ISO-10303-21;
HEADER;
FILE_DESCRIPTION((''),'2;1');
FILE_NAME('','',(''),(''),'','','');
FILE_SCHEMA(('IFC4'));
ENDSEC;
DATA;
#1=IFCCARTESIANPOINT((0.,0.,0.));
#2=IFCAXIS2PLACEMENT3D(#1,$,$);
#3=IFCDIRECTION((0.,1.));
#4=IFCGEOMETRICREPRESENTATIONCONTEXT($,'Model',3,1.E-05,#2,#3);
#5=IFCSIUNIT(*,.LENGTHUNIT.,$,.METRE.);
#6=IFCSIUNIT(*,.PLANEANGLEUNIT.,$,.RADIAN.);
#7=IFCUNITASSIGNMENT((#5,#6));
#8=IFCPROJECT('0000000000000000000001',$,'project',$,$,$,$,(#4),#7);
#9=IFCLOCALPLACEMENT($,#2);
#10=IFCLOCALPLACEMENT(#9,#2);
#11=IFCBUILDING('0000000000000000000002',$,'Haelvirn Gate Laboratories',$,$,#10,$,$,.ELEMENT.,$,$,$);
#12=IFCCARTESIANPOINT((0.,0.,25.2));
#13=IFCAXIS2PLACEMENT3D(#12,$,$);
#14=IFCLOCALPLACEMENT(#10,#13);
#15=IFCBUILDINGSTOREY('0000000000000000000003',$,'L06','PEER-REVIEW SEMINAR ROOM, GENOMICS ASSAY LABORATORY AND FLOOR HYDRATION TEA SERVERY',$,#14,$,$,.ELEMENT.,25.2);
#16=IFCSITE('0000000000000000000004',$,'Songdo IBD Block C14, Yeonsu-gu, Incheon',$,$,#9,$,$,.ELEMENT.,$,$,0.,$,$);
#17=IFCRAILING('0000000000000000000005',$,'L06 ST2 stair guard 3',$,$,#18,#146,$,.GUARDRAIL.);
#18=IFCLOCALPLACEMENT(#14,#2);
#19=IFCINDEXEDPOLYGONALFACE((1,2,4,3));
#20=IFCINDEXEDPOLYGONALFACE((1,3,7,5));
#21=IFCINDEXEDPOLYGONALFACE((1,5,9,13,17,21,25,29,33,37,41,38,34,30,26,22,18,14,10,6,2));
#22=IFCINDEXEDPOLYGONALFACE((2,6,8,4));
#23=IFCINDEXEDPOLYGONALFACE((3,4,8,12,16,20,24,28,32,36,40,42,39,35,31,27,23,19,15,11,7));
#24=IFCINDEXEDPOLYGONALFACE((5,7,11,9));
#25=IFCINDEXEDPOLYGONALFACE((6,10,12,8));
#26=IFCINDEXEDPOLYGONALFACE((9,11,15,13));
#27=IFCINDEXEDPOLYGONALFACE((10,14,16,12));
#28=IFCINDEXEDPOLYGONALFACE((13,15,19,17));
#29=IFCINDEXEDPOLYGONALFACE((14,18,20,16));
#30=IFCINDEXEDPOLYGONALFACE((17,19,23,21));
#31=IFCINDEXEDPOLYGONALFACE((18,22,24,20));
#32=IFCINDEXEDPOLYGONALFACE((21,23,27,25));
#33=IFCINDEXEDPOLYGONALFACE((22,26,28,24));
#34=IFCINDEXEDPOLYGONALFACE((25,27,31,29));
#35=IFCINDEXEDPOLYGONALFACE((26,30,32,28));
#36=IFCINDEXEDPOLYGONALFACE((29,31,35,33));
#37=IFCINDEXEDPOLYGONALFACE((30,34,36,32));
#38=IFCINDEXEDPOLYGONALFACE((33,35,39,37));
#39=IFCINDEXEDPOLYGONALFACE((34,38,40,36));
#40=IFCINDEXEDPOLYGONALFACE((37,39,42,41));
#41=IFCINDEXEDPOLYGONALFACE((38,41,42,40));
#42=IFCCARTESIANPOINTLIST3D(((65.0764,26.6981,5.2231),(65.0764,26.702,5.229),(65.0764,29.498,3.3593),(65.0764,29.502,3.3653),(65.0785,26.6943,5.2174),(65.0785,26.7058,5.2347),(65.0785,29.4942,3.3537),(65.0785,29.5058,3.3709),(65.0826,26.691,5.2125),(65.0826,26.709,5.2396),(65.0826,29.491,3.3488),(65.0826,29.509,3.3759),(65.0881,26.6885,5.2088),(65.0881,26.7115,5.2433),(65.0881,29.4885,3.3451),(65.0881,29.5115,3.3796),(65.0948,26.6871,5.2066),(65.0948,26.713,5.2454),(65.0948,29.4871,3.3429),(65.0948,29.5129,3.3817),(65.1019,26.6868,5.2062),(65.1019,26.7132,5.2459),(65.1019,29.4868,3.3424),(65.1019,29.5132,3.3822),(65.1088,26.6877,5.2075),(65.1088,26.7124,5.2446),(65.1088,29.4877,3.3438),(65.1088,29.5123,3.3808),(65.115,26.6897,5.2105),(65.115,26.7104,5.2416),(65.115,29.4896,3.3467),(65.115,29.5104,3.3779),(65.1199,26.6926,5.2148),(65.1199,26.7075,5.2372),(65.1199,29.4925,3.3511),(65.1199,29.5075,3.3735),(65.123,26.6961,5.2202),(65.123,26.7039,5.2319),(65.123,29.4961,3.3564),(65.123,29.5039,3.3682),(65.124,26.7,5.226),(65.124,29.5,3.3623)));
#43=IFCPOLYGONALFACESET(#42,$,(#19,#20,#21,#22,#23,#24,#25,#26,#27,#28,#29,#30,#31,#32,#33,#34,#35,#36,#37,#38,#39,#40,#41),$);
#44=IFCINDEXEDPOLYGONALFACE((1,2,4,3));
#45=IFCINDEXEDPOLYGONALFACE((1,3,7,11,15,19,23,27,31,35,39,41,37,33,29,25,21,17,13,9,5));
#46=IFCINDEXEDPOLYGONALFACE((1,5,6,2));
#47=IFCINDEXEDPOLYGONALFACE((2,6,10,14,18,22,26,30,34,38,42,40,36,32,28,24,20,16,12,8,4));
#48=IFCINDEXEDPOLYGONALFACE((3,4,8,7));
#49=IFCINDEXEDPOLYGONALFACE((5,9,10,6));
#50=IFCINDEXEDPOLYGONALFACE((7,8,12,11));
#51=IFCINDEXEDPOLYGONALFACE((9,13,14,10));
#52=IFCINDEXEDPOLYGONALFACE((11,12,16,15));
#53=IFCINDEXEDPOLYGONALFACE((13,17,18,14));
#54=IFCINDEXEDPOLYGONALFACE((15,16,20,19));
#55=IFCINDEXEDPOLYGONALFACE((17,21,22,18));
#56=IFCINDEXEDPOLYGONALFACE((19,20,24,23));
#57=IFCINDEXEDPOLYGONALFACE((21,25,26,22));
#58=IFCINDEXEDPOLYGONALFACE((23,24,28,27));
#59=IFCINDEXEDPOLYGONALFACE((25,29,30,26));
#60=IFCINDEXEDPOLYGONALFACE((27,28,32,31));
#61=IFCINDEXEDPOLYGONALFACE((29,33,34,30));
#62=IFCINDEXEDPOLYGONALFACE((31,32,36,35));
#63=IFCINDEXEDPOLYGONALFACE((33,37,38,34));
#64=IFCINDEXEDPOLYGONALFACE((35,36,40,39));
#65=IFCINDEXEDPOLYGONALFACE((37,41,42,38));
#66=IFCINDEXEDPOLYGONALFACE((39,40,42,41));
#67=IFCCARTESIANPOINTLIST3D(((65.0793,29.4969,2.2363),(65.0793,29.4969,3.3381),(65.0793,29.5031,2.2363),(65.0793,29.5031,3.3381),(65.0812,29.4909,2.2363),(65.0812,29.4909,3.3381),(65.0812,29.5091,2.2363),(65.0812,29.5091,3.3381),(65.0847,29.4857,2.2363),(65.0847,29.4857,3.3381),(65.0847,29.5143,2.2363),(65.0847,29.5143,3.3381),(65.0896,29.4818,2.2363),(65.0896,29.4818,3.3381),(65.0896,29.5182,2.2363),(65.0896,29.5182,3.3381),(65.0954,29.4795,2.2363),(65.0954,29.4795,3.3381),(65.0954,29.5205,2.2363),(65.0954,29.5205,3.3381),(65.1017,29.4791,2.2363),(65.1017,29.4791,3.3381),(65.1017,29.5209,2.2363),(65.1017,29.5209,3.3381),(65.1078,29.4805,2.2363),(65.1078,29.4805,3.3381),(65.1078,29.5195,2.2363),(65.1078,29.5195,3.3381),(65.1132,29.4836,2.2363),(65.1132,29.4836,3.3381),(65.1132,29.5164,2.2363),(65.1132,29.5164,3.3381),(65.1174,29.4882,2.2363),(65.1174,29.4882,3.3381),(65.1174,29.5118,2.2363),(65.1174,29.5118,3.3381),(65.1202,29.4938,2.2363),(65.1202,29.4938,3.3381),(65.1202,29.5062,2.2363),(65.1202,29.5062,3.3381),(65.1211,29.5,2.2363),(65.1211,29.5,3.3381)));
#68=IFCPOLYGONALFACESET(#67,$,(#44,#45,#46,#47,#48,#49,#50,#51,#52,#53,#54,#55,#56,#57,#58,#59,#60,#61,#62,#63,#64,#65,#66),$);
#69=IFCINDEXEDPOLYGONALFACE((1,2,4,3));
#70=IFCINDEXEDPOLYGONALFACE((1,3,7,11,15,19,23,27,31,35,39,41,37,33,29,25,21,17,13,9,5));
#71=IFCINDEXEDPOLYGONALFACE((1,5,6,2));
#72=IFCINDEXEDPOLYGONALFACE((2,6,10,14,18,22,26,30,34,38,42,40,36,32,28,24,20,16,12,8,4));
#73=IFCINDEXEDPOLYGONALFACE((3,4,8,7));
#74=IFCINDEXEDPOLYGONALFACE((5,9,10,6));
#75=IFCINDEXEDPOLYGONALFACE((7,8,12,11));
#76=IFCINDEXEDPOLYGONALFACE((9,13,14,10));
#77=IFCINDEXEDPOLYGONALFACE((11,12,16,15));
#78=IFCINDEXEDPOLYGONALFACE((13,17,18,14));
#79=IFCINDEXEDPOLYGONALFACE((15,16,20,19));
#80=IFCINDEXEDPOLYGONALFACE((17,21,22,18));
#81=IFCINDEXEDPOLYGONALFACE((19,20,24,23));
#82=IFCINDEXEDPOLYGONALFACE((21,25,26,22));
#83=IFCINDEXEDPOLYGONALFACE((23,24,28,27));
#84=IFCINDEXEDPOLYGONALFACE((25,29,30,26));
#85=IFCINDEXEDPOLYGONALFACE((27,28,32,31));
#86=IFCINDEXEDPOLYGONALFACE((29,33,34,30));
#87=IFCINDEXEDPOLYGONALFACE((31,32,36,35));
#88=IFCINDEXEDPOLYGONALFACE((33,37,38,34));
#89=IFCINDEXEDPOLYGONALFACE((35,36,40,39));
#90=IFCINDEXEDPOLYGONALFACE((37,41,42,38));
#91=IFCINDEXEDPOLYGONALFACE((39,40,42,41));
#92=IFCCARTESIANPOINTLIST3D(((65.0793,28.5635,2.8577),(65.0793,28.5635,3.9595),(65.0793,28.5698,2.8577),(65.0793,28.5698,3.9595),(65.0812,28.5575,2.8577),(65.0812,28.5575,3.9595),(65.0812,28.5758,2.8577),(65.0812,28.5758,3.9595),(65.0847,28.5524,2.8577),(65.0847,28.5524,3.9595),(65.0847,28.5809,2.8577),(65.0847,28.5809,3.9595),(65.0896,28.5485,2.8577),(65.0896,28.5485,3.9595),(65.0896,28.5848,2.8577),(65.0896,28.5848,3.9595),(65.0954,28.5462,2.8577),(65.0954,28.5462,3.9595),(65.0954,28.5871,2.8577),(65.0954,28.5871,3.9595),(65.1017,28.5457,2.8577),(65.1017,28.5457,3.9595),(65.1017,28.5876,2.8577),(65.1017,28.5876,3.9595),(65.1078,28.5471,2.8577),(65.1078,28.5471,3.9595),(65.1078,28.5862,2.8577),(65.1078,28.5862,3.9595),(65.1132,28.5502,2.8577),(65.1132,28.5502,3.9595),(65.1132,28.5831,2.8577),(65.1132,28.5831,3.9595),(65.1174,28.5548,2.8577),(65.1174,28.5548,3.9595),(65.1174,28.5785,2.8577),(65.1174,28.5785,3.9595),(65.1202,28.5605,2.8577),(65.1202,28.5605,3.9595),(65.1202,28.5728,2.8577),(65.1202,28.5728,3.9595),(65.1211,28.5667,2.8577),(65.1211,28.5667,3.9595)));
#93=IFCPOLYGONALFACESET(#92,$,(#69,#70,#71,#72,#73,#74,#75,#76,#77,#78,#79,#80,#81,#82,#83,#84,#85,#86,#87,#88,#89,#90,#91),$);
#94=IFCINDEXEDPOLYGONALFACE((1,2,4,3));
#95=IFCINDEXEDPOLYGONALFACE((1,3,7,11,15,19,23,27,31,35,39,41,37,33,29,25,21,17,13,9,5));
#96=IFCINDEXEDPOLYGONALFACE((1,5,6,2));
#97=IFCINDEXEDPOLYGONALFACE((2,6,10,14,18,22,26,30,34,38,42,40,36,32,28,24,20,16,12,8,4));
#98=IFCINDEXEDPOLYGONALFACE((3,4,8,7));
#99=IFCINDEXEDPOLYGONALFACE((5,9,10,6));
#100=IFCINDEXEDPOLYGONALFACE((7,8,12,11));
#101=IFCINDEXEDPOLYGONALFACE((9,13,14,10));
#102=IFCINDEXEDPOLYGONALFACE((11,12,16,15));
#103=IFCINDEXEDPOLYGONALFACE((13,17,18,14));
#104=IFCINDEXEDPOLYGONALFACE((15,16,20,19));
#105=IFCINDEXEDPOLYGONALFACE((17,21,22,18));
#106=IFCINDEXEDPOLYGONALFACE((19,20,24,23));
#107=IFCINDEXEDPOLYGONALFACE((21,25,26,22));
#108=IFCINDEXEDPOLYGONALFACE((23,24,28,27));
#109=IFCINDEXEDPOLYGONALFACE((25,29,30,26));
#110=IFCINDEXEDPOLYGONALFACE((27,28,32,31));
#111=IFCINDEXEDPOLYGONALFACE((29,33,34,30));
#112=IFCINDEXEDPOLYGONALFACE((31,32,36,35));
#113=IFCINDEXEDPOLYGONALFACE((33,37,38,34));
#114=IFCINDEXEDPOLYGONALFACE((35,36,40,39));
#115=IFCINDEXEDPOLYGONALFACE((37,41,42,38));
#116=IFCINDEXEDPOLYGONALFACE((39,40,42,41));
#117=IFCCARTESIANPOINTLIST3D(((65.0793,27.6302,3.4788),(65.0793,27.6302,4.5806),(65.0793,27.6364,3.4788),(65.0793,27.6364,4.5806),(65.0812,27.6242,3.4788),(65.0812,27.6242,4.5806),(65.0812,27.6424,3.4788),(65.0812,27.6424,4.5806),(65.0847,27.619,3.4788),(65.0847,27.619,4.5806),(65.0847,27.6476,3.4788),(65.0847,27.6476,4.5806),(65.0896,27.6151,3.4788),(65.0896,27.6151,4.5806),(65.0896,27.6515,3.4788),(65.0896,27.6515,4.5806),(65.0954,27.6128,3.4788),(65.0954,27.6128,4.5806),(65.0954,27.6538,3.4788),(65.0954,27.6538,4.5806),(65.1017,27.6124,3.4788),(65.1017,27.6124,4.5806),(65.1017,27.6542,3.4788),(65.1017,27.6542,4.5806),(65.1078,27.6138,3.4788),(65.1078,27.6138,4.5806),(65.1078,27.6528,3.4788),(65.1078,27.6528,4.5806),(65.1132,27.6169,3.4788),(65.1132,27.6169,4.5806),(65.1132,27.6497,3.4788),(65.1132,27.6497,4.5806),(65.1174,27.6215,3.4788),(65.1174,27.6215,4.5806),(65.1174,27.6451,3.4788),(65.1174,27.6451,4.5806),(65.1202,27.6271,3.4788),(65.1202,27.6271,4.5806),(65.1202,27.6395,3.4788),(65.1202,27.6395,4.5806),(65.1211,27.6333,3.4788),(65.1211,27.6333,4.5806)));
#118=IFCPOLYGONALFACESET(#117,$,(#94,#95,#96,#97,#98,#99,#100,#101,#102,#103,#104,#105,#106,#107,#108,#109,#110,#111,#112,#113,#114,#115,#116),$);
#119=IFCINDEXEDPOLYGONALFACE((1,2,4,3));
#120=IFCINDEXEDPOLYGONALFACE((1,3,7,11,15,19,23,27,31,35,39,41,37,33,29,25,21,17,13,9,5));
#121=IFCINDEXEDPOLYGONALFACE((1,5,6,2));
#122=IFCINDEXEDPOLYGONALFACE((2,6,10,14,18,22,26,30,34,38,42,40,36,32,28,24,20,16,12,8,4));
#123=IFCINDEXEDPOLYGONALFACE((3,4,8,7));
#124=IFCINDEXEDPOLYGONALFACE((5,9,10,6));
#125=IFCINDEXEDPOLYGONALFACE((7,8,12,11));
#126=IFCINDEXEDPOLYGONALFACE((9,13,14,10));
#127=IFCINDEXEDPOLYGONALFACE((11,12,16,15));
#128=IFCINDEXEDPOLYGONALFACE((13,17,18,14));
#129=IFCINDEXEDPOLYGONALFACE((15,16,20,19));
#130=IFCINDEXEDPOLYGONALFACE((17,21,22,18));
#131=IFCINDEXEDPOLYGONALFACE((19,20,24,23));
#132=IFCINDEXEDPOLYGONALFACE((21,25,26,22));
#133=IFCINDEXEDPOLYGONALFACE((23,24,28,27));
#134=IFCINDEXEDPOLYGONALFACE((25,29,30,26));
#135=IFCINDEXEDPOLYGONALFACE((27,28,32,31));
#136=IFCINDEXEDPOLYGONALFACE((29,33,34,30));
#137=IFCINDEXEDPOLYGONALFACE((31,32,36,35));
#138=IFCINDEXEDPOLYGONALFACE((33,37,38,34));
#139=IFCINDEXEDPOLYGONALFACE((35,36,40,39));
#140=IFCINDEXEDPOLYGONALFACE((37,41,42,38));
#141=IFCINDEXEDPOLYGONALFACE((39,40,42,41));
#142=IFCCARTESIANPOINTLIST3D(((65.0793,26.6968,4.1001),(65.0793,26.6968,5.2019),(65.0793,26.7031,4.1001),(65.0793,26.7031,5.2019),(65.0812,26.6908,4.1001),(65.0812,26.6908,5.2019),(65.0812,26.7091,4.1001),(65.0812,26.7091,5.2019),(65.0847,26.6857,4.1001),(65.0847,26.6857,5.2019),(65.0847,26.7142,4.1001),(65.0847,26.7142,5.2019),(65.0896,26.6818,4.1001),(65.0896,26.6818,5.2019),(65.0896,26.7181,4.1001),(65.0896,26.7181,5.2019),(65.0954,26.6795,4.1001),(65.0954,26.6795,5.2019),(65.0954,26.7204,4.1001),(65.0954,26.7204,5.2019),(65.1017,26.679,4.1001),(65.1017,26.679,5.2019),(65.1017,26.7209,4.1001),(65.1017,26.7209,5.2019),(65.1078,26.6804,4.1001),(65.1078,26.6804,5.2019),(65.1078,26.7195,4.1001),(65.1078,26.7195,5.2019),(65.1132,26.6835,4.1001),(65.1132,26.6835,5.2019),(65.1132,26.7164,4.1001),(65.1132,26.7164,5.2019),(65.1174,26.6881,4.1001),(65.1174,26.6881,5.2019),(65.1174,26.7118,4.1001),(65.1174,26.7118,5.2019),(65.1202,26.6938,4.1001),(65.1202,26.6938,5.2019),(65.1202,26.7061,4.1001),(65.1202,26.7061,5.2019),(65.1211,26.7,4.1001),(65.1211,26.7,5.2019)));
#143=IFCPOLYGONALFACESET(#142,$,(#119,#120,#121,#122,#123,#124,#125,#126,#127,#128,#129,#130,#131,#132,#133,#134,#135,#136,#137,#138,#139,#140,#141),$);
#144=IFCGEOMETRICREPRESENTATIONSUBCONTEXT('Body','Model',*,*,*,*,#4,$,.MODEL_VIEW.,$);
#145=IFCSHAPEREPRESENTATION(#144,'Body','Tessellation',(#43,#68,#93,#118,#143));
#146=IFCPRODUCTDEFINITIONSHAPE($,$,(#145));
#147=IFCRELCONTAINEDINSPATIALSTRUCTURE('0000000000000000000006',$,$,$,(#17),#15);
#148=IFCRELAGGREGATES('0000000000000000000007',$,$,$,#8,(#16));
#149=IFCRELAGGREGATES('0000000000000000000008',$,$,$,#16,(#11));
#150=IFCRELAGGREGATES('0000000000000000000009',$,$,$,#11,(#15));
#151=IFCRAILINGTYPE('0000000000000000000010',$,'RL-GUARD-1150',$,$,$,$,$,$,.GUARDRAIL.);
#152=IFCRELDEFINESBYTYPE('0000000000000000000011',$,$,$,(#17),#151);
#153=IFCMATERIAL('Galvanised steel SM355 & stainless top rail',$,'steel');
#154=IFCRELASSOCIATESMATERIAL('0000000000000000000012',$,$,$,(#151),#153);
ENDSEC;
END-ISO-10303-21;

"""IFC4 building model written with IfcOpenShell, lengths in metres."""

from ifc_helpers import new_model, si_unit, direction, frame, origin, origin_2d, place, context, subcontext, project, spatial, circle, extrude, source, transform, mapped, material, type_object, element, save


model = new_model("IFC4")

# Units and contexts
model_context = context("Model", 3, precision=1e-05, world=origin(), true_north=direction((0.0, 1.0)))
body_context = subcontext(model_context, "Body", "Model", "MODEL_VIEW")
ifc_project = project(units=[si_unit("LENGTHUNIT", "METRE"), si_unit("PLANEANGLEUNIT", "RADIAN")], contexts=[model_context])

# Site, building, storey
site_placement = place(None, origin())
site = spatial("IfcSite", under=ifc_project, at=site_placement, Name="Songdo IBD Block C14, Yeonsu-gu, Incheon", CompositionType="ELEMENT", RefElevation=0.0)
building_placement = place(site_placement, origin())
building = spatial("IfcBuilding", under=site, at=building_placement, Name="Haelvirn Gate Laboratories", CompositionType="ELEMENT")
storey_placement = place(building_placement, frame((0.0, 0.0, 25.2)))
storey = spatial("IfcBuildingStorey", under=building, at=storey_placement, Name="L06", Description="PEER-REVIEW SEMINAR ROOM, GENOMICS ASSAY LABORATORY AND FLOOR HYDRATION TEA SERVERY", CompositionType="ELEMENT", Elevation=25.2)

# Railing
ifc_material_1 = material(Name="Galvanised steel SM355 & stainless top rail", Category="steel")
railing_type_1 = type_object("IfcRailingType", Name="RL-GUARD-1150", PredefinedType="GUARDRAIL", material=ifc_material_1)
shared_shape_1 = source(origin(), body_context, "Body", "SweptSolid", [
    extrude(circle(Radius=0.0239, at=origin_2d()), frame((0.0, 0.0, 1.126), z_axis=(0.0, -0.832452, 0.554097), x_axis=(1.0, 0.0, 0.0)), (0.0, 0.0, 1.0), 3.3635),
    extrude(circle(Radius=0.021, at=origin_2d()), origin(), (0.0, 0.0, 1.0), 1.1018),
    extrude(circle(Radius=0.021, at=origin_2d()), frame((0.0, -0.9333, 0.6213)), (0.0, 0.0, 1.0), 1.1018),
    extrude(circle(Radius=0.021, at=origin_2d()), frame((0.0, -1.8667, 1.2424)), (0.0, 0.0, 1.0), 1.1018),
    extrude(circle(Radius=0.021, at=origin_2d()), frame((0.0, -2.8, 1.8638)), (0.0, 0.0, 1.0), 1.1018),
])
railing_1_placement = place(storey_placement, frame((65.1001, 29.5, 2.2363)))
element("IfcRailing", 1, at=railing_1_placement, inside=storey, type_object=railing_type_1, Name="L06 ST2 stair guard 3", PredefinedType="GUARDRAIL", context=body_context, shape_type="MappedRepresentation", body=[
    mapped(shared_shape_1, transform((0.0, 0.0, 0.0), scale=1.0)),
])

save(model, "model.ifc")
